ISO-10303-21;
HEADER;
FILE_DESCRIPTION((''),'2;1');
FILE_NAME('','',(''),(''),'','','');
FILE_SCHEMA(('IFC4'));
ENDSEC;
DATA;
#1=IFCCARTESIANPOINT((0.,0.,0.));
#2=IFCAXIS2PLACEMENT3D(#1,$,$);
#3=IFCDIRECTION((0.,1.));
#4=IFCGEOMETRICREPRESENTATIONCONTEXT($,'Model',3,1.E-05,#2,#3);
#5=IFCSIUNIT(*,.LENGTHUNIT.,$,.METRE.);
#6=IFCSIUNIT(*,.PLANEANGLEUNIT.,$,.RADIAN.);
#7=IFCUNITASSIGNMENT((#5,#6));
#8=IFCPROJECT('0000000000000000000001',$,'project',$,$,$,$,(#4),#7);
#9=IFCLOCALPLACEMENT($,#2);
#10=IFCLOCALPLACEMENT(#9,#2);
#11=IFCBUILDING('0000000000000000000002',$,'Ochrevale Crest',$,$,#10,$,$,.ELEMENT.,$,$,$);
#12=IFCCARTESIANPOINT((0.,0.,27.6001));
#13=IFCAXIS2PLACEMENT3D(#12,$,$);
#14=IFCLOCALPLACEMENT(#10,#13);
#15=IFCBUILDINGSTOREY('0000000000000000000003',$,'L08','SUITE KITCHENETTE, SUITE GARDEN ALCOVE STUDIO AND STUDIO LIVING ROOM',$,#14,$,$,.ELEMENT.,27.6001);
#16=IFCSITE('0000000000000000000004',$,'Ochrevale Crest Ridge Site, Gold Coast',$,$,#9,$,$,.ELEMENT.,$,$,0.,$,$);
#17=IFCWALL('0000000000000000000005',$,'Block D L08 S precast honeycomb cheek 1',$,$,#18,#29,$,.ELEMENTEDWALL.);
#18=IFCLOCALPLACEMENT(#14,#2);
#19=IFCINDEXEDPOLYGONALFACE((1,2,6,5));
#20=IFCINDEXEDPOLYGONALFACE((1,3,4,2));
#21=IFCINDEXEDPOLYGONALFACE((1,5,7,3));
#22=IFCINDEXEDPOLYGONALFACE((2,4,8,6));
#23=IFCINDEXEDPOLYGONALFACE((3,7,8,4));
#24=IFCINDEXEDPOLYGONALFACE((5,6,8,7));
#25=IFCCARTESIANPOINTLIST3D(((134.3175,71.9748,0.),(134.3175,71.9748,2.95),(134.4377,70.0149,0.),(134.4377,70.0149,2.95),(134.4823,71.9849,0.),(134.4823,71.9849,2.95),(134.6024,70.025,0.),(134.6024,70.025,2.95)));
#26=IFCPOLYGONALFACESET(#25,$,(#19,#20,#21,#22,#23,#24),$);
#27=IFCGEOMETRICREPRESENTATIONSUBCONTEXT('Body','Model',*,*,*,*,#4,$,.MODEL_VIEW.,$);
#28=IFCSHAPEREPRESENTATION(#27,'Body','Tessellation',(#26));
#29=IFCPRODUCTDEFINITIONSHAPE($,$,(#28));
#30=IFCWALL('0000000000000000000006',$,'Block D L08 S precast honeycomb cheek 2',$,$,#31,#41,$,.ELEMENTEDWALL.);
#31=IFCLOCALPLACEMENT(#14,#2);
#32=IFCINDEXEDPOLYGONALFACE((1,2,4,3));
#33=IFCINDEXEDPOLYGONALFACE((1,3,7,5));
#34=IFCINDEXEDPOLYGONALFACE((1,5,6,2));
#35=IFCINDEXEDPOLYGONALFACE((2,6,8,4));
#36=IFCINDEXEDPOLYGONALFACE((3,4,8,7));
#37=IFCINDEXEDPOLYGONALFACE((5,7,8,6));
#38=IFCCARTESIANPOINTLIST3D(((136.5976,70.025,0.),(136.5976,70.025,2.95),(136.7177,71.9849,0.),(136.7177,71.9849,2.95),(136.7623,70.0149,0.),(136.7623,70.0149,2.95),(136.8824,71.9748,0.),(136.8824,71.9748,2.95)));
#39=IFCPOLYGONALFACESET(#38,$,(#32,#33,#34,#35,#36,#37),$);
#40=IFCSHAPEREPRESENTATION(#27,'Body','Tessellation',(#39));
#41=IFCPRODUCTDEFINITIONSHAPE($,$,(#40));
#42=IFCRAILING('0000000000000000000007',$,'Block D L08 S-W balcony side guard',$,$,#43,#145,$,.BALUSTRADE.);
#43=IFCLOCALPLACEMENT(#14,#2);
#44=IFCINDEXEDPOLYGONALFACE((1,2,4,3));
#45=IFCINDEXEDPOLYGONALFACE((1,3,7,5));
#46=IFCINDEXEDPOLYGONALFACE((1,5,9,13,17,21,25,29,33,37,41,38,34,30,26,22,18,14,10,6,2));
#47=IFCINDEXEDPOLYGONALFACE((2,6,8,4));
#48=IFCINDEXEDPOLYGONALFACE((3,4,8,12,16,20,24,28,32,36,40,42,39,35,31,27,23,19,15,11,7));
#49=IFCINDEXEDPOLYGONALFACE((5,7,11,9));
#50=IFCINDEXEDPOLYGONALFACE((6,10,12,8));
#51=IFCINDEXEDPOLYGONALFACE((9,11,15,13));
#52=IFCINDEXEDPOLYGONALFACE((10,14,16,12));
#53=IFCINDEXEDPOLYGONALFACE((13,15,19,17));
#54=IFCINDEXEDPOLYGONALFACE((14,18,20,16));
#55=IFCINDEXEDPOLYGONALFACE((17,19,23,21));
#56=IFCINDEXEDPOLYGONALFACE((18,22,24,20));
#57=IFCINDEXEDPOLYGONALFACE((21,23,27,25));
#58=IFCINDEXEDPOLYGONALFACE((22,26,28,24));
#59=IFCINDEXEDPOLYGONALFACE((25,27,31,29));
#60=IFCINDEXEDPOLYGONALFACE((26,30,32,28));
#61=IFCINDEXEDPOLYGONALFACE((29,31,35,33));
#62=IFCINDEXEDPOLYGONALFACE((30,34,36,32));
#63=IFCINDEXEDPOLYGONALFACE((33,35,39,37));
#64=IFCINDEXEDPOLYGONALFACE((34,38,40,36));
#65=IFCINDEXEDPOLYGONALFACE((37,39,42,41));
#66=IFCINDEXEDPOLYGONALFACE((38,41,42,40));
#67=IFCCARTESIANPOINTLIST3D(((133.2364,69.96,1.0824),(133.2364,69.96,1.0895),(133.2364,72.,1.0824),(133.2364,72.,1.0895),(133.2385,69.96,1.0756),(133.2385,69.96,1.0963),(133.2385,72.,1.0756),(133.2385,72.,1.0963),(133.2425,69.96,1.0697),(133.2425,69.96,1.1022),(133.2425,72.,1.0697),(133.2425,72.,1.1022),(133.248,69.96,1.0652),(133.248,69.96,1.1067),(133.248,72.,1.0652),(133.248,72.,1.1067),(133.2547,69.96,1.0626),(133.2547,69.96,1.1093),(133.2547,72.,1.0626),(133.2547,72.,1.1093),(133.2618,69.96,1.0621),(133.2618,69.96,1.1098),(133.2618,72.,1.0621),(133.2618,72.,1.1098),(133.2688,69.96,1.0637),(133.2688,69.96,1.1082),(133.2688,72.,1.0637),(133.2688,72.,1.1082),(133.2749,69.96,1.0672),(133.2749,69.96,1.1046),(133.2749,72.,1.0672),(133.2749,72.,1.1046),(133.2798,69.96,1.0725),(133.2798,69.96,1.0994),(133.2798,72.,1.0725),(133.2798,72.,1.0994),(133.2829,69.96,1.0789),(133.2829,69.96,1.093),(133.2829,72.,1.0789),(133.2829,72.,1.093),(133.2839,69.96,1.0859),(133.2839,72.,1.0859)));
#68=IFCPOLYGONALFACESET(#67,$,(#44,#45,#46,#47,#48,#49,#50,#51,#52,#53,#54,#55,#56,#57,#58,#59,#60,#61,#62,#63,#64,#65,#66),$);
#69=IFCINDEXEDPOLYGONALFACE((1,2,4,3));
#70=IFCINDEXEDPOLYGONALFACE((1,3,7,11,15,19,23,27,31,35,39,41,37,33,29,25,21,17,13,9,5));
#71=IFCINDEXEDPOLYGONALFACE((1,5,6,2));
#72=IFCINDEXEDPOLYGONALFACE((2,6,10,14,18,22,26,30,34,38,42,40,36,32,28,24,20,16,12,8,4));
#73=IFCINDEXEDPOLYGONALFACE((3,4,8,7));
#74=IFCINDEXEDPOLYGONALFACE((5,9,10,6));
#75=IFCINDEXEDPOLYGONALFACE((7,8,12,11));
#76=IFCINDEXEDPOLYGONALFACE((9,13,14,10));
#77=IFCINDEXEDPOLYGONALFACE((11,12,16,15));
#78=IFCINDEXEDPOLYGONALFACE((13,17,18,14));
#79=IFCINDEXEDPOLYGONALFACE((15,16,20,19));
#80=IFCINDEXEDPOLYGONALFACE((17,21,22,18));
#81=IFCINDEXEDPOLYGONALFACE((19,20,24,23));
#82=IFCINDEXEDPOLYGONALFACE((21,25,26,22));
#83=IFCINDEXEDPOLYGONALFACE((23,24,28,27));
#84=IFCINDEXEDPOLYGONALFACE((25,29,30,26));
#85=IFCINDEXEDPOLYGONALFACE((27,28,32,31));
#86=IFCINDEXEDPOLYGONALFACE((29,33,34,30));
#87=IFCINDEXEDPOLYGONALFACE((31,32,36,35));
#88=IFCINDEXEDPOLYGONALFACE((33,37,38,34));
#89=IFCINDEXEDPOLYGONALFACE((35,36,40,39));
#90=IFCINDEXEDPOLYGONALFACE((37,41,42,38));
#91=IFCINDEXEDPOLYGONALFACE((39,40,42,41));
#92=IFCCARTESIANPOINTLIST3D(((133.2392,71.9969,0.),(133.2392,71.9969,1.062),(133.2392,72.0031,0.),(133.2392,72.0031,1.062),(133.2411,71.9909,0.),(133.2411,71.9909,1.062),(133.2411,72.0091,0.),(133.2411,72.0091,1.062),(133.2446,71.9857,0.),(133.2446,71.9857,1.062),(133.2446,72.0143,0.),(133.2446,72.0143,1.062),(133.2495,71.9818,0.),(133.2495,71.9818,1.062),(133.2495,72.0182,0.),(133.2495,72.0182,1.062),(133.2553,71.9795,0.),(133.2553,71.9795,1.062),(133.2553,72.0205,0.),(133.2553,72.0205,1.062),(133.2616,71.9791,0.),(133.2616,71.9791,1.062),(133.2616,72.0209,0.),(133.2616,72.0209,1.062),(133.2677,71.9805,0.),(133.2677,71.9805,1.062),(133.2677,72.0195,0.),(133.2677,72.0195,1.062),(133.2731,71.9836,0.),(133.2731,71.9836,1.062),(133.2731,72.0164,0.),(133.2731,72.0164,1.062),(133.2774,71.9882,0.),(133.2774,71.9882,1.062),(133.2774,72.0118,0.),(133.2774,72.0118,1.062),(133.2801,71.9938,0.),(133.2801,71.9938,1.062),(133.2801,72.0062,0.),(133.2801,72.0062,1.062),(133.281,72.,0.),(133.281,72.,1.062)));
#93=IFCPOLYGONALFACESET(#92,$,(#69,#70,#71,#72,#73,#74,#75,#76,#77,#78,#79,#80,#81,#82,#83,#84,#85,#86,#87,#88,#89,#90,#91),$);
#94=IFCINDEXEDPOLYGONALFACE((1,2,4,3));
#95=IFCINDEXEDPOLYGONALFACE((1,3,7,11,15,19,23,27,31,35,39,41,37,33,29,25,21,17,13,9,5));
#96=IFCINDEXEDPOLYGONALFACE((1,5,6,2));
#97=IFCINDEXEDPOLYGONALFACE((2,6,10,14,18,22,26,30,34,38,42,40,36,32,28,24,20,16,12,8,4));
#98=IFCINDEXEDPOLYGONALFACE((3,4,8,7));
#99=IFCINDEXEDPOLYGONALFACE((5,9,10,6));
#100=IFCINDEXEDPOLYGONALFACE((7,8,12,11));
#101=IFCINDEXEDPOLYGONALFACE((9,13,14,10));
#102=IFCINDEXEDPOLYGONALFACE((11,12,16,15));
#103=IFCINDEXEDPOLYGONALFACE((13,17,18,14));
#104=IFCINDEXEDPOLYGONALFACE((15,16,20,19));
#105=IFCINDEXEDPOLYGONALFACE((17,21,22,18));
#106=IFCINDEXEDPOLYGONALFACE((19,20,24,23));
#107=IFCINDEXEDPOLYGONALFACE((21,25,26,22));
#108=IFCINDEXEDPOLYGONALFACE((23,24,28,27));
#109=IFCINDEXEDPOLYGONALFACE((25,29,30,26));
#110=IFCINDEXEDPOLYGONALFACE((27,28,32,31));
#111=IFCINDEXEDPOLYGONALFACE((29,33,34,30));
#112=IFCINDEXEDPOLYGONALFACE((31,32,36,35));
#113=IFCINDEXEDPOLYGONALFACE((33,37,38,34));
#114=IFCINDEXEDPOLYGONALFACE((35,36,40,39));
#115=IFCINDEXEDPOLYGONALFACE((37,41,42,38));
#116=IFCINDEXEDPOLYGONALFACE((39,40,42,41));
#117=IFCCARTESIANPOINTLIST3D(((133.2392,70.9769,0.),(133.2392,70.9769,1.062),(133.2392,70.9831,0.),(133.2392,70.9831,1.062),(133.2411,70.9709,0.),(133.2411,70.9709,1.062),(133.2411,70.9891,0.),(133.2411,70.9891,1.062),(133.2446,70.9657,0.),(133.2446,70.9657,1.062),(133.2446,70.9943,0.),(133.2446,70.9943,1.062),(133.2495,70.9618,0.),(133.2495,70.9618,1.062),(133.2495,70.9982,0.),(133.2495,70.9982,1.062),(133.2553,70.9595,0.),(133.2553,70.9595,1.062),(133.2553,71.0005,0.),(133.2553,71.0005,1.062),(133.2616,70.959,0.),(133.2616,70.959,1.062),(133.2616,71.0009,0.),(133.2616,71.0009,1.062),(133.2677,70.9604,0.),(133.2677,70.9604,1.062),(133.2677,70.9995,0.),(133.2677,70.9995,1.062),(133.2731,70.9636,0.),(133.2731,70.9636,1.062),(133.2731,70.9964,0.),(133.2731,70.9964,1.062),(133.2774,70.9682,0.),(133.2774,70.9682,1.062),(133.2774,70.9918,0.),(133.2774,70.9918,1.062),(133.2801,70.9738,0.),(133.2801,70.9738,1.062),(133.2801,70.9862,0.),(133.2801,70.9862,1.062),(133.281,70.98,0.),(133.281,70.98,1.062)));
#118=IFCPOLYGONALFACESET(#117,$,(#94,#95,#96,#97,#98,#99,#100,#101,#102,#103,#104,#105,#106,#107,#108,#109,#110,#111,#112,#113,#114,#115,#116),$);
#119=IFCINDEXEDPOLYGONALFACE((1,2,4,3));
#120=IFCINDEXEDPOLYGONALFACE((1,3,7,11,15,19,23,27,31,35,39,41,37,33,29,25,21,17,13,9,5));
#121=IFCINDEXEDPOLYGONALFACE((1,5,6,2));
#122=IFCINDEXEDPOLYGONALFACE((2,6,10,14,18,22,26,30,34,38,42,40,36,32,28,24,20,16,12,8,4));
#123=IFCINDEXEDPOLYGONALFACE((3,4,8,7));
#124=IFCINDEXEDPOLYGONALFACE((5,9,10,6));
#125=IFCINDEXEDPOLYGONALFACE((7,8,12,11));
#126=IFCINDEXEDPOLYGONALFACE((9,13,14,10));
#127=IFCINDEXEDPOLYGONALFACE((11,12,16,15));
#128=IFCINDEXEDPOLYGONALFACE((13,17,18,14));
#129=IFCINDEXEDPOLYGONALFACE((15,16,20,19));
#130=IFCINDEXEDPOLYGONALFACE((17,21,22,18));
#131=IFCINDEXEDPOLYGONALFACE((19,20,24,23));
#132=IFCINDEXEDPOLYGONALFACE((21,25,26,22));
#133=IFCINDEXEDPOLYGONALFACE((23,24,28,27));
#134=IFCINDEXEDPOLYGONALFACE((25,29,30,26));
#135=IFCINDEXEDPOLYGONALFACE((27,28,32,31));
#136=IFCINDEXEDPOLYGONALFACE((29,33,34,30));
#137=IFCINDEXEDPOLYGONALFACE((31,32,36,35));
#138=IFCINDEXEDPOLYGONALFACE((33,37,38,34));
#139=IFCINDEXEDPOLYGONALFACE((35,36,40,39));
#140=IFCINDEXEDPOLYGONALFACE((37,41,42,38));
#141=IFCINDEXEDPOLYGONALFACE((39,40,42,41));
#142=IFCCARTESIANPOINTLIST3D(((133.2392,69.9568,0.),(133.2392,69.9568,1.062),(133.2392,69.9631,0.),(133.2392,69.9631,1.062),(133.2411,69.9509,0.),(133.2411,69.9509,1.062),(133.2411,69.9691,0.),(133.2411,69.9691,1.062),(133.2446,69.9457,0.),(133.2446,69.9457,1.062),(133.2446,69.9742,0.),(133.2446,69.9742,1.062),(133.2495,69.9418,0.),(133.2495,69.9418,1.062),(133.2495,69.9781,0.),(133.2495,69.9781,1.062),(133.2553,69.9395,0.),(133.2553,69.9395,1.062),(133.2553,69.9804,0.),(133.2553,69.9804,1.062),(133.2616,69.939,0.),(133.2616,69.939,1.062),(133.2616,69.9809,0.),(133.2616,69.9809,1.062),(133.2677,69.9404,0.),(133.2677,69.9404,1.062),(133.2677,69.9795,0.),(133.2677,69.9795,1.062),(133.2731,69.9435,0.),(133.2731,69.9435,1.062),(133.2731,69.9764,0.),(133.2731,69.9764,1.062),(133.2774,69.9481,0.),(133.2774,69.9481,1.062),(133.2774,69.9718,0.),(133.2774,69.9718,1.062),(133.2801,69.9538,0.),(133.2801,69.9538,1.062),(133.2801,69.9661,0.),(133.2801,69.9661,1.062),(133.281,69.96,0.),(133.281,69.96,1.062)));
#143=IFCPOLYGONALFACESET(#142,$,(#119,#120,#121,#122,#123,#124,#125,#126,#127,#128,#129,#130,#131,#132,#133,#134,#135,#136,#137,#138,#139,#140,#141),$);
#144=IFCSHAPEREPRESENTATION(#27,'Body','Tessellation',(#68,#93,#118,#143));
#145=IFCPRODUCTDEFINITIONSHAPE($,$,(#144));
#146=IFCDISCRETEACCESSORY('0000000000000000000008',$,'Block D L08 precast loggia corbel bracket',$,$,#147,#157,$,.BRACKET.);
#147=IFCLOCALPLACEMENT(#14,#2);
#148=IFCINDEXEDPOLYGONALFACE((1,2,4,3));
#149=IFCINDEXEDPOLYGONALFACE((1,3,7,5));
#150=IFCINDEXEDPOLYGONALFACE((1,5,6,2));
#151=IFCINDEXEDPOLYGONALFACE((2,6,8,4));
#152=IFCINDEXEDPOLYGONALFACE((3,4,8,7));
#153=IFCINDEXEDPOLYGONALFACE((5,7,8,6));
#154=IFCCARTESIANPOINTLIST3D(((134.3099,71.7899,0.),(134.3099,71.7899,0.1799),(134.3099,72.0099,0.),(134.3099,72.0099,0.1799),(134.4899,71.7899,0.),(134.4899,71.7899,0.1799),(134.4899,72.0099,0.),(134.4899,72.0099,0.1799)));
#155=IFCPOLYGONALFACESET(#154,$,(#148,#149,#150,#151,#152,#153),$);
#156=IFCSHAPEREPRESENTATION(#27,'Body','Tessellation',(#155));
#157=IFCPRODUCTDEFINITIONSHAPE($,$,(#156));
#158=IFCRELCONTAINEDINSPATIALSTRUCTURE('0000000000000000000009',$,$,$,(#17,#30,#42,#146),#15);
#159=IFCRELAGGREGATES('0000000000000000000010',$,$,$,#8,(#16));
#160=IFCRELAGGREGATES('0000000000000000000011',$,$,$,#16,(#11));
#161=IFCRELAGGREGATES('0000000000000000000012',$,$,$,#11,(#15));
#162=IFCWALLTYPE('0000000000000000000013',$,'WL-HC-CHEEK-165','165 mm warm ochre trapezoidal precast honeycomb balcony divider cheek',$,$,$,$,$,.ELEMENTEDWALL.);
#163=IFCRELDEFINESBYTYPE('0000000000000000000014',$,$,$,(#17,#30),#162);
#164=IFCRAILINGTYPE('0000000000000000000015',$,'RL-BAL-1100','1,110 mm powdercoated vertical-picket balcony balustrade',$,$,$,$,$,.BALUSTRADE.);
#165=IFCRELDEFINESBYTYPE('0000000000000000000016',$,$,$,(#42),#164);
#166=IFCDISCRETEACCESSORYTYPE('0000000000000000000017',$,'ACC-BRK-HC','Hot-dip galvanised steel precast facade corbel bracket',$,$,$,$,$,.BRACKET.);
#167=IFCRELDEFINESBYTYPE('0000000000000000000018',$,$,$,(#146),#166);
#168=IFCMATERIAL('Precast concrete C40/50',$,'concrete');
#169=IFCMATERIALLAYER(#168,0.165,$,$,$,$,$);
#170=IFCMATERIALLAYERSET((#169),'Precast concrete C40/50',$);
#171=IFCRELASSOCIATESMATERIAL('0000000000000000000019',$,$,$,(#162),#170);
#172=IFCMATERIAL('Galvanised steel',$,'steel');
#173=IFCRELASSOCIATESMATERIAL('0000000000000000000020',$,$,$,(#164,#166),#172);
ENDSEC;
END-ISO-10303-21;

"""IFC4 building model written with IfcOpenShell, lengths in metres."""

from ifc_helpers import new_model, si_unit, direction, frame, frame_2d, origin, origin_2d, place, context, subcontext, project, spatial, rectangle, circle, extrude, material, layer, layer_set, type_object, element, save


model = new_model("IFC4")

# Units and contexts
model_context = context("Model", 3, precision=1e-05, world=origin(), true_north=direction((0.0, 1.0)))
body_context = subcontext(model_context, "Body", "Model", "MODEL_VIEW")
ifc_project = project(units=[si_unit("LENGTHUNIT", "METRE"), si_unit("PLANEANGLEUNIT", "RADIAN")], contexts=[model_context])

# Site, building, storey
site_placement = place(None, origin())
site = spatial("IfcSite", under=ifc_project, at=site_placement, Name="Ochrevale Crest Ridge Site, Gold Coast", CompositionType="ELEMENT", RefElevation=0.0)
building_placement = place(site_placement, origin())
building = spatial("IfcBuilding", under=site, at=building_placement, Name="Ochrevale Crest", CompositionType="ELEMENT")
storey_placement = place(building_placement, frame((0.0, 0.0, 27.6001)))
storey = spatial("IfcBuildingStorey", under=building, at=storey_placement, Name="L08", Description="SUITE KITCHENETTE, SUITE GARDEN ALCOVE STUDIO AND STUDIO LIVING ROOM", CompositionType="ELEMENT", Elevation=27.6001)

# Shared definitions
ifc_material_1 = material(Name="Precast concrete C40/50", Category="concrete")

# Walls
ifc_layer_1 = layer(ifc_material_1, 0.165)
ifc_layer_set_1 = layer_set([ifc_layer_1], Name="Precast concrete C40/50")
wall_type_1 = type_object("IfcWallType", Name="WL-HC-CHEEK-165", Description="165 mm warm ochre trapezoidal precast honeycomb balcony divider cheek", PredefinedType="ELEMENTEDWALL", material=ifc_layer_set_1)
for number, where, z_axis, x_axis, name in (
    (1, (134.3999, 71.98, 0.0), (0.0, 0.0, 1.0), (0.061171, -0.998127, 0.0), "Block D L08 S precast honeycomb cheek 1"),
    (2, (136.8, 71.98, 0.0), (0.0, 0.0, 1.0), (-0.061171, -0.998127, 0.0), "Block D L08 S precast honeycomb cheek 2"),
):
    element("IfcWall", number, at=place(storey_placement, frame(where, z_axis=z_axis, x_axis=x_axis)), inside=storey, type_object=wall_type_1, Name=name, PredefinedType="ELEMENTEDWALL", context=body_context, shape_type="SweptSolid", body=[
        extrude(rectangle(XDim=1.9636, YDim=0.165, at=frame_2d((0.9819, 0.0))), origin(), (0.0, 0.0, 1.0), 2.95),
    ])

# Railing
ifc_material_2 = material(Name="Galvanised steel", Category="steel")
railing_type = type_object("IfcRailingType", Name="RL-BAL-1100", Description="1,110 mm powdercoated vertical-picket balcony balustrade", PredefinedType="BALUSTRADE", material=ifc_material_2)
railing_placement = place(storey_placement, frame((133.26, 72.0, 0.0)))
element("IfcRailing", 3, at=railing_placement, inside=storey, type_object=railing_type, Name="Block D L08 S-W balcony side guard", PredefinedType="BALUSTRADE", context=body_context, shape_type="SweptSolid", body=[
    extrude(circle(Radius=0.0239, at=origin_2d()), frame((0.0, 0.0, 1.0859), z_axis=(0.0, -1.0, 0.0), x_axis=(1.0, 0.0, 0.0)), (0.0, 0.0, 1.0), 2.04),
    extrude(circle(Radius=0.021, at=origin_2d()), origin(), (0.0, 0.0, 1.0), 1.062),
    extrude(circle(Radius=0.021, at=origin_2d()), frame((0.0, -1.02, 0.0)), (0.0, 0.0, 1.0), 1.062),
    extrude(circle(Radius=0.021, at=origin_2d()), frame((0.0, -2.04, 0.0)), (0.0, 0.0, 1.0), 1.062),
])

# Discrete accessory
discrete_accessory_type = type_object("IfcDiscreteAccessoryType", Name="ACC-BRK-HC", Description="Hot-dip galvanised steel precast facade corbel bracket", PredefinedType="BRACKET", material=ifc_material_2)
discrete_accessory_placement = place(storey_placement, frame((134.3999, 71.8999, 0.0), z_axis=(0.0, 0.0, 1.0), x_axis=(1.0, 0.0, 0.0)))
element("IfcDiscreteAccessory", 4, at=discrete_accessory_placement, inside=storey, type_object=discrete_accessory_type, Name="Block D L08 precast loggia corbel bracket", PredefinedType="BRACKET", context=body_context, shape_type="SweptSolid", body=[
    extrude(rectangle(XDim=0.1799, YDim=0.22, at=origin_2d()), origin(), (0.0, 0.0, 1.0), 0.1799),
])

save(model, "model.ifc")
